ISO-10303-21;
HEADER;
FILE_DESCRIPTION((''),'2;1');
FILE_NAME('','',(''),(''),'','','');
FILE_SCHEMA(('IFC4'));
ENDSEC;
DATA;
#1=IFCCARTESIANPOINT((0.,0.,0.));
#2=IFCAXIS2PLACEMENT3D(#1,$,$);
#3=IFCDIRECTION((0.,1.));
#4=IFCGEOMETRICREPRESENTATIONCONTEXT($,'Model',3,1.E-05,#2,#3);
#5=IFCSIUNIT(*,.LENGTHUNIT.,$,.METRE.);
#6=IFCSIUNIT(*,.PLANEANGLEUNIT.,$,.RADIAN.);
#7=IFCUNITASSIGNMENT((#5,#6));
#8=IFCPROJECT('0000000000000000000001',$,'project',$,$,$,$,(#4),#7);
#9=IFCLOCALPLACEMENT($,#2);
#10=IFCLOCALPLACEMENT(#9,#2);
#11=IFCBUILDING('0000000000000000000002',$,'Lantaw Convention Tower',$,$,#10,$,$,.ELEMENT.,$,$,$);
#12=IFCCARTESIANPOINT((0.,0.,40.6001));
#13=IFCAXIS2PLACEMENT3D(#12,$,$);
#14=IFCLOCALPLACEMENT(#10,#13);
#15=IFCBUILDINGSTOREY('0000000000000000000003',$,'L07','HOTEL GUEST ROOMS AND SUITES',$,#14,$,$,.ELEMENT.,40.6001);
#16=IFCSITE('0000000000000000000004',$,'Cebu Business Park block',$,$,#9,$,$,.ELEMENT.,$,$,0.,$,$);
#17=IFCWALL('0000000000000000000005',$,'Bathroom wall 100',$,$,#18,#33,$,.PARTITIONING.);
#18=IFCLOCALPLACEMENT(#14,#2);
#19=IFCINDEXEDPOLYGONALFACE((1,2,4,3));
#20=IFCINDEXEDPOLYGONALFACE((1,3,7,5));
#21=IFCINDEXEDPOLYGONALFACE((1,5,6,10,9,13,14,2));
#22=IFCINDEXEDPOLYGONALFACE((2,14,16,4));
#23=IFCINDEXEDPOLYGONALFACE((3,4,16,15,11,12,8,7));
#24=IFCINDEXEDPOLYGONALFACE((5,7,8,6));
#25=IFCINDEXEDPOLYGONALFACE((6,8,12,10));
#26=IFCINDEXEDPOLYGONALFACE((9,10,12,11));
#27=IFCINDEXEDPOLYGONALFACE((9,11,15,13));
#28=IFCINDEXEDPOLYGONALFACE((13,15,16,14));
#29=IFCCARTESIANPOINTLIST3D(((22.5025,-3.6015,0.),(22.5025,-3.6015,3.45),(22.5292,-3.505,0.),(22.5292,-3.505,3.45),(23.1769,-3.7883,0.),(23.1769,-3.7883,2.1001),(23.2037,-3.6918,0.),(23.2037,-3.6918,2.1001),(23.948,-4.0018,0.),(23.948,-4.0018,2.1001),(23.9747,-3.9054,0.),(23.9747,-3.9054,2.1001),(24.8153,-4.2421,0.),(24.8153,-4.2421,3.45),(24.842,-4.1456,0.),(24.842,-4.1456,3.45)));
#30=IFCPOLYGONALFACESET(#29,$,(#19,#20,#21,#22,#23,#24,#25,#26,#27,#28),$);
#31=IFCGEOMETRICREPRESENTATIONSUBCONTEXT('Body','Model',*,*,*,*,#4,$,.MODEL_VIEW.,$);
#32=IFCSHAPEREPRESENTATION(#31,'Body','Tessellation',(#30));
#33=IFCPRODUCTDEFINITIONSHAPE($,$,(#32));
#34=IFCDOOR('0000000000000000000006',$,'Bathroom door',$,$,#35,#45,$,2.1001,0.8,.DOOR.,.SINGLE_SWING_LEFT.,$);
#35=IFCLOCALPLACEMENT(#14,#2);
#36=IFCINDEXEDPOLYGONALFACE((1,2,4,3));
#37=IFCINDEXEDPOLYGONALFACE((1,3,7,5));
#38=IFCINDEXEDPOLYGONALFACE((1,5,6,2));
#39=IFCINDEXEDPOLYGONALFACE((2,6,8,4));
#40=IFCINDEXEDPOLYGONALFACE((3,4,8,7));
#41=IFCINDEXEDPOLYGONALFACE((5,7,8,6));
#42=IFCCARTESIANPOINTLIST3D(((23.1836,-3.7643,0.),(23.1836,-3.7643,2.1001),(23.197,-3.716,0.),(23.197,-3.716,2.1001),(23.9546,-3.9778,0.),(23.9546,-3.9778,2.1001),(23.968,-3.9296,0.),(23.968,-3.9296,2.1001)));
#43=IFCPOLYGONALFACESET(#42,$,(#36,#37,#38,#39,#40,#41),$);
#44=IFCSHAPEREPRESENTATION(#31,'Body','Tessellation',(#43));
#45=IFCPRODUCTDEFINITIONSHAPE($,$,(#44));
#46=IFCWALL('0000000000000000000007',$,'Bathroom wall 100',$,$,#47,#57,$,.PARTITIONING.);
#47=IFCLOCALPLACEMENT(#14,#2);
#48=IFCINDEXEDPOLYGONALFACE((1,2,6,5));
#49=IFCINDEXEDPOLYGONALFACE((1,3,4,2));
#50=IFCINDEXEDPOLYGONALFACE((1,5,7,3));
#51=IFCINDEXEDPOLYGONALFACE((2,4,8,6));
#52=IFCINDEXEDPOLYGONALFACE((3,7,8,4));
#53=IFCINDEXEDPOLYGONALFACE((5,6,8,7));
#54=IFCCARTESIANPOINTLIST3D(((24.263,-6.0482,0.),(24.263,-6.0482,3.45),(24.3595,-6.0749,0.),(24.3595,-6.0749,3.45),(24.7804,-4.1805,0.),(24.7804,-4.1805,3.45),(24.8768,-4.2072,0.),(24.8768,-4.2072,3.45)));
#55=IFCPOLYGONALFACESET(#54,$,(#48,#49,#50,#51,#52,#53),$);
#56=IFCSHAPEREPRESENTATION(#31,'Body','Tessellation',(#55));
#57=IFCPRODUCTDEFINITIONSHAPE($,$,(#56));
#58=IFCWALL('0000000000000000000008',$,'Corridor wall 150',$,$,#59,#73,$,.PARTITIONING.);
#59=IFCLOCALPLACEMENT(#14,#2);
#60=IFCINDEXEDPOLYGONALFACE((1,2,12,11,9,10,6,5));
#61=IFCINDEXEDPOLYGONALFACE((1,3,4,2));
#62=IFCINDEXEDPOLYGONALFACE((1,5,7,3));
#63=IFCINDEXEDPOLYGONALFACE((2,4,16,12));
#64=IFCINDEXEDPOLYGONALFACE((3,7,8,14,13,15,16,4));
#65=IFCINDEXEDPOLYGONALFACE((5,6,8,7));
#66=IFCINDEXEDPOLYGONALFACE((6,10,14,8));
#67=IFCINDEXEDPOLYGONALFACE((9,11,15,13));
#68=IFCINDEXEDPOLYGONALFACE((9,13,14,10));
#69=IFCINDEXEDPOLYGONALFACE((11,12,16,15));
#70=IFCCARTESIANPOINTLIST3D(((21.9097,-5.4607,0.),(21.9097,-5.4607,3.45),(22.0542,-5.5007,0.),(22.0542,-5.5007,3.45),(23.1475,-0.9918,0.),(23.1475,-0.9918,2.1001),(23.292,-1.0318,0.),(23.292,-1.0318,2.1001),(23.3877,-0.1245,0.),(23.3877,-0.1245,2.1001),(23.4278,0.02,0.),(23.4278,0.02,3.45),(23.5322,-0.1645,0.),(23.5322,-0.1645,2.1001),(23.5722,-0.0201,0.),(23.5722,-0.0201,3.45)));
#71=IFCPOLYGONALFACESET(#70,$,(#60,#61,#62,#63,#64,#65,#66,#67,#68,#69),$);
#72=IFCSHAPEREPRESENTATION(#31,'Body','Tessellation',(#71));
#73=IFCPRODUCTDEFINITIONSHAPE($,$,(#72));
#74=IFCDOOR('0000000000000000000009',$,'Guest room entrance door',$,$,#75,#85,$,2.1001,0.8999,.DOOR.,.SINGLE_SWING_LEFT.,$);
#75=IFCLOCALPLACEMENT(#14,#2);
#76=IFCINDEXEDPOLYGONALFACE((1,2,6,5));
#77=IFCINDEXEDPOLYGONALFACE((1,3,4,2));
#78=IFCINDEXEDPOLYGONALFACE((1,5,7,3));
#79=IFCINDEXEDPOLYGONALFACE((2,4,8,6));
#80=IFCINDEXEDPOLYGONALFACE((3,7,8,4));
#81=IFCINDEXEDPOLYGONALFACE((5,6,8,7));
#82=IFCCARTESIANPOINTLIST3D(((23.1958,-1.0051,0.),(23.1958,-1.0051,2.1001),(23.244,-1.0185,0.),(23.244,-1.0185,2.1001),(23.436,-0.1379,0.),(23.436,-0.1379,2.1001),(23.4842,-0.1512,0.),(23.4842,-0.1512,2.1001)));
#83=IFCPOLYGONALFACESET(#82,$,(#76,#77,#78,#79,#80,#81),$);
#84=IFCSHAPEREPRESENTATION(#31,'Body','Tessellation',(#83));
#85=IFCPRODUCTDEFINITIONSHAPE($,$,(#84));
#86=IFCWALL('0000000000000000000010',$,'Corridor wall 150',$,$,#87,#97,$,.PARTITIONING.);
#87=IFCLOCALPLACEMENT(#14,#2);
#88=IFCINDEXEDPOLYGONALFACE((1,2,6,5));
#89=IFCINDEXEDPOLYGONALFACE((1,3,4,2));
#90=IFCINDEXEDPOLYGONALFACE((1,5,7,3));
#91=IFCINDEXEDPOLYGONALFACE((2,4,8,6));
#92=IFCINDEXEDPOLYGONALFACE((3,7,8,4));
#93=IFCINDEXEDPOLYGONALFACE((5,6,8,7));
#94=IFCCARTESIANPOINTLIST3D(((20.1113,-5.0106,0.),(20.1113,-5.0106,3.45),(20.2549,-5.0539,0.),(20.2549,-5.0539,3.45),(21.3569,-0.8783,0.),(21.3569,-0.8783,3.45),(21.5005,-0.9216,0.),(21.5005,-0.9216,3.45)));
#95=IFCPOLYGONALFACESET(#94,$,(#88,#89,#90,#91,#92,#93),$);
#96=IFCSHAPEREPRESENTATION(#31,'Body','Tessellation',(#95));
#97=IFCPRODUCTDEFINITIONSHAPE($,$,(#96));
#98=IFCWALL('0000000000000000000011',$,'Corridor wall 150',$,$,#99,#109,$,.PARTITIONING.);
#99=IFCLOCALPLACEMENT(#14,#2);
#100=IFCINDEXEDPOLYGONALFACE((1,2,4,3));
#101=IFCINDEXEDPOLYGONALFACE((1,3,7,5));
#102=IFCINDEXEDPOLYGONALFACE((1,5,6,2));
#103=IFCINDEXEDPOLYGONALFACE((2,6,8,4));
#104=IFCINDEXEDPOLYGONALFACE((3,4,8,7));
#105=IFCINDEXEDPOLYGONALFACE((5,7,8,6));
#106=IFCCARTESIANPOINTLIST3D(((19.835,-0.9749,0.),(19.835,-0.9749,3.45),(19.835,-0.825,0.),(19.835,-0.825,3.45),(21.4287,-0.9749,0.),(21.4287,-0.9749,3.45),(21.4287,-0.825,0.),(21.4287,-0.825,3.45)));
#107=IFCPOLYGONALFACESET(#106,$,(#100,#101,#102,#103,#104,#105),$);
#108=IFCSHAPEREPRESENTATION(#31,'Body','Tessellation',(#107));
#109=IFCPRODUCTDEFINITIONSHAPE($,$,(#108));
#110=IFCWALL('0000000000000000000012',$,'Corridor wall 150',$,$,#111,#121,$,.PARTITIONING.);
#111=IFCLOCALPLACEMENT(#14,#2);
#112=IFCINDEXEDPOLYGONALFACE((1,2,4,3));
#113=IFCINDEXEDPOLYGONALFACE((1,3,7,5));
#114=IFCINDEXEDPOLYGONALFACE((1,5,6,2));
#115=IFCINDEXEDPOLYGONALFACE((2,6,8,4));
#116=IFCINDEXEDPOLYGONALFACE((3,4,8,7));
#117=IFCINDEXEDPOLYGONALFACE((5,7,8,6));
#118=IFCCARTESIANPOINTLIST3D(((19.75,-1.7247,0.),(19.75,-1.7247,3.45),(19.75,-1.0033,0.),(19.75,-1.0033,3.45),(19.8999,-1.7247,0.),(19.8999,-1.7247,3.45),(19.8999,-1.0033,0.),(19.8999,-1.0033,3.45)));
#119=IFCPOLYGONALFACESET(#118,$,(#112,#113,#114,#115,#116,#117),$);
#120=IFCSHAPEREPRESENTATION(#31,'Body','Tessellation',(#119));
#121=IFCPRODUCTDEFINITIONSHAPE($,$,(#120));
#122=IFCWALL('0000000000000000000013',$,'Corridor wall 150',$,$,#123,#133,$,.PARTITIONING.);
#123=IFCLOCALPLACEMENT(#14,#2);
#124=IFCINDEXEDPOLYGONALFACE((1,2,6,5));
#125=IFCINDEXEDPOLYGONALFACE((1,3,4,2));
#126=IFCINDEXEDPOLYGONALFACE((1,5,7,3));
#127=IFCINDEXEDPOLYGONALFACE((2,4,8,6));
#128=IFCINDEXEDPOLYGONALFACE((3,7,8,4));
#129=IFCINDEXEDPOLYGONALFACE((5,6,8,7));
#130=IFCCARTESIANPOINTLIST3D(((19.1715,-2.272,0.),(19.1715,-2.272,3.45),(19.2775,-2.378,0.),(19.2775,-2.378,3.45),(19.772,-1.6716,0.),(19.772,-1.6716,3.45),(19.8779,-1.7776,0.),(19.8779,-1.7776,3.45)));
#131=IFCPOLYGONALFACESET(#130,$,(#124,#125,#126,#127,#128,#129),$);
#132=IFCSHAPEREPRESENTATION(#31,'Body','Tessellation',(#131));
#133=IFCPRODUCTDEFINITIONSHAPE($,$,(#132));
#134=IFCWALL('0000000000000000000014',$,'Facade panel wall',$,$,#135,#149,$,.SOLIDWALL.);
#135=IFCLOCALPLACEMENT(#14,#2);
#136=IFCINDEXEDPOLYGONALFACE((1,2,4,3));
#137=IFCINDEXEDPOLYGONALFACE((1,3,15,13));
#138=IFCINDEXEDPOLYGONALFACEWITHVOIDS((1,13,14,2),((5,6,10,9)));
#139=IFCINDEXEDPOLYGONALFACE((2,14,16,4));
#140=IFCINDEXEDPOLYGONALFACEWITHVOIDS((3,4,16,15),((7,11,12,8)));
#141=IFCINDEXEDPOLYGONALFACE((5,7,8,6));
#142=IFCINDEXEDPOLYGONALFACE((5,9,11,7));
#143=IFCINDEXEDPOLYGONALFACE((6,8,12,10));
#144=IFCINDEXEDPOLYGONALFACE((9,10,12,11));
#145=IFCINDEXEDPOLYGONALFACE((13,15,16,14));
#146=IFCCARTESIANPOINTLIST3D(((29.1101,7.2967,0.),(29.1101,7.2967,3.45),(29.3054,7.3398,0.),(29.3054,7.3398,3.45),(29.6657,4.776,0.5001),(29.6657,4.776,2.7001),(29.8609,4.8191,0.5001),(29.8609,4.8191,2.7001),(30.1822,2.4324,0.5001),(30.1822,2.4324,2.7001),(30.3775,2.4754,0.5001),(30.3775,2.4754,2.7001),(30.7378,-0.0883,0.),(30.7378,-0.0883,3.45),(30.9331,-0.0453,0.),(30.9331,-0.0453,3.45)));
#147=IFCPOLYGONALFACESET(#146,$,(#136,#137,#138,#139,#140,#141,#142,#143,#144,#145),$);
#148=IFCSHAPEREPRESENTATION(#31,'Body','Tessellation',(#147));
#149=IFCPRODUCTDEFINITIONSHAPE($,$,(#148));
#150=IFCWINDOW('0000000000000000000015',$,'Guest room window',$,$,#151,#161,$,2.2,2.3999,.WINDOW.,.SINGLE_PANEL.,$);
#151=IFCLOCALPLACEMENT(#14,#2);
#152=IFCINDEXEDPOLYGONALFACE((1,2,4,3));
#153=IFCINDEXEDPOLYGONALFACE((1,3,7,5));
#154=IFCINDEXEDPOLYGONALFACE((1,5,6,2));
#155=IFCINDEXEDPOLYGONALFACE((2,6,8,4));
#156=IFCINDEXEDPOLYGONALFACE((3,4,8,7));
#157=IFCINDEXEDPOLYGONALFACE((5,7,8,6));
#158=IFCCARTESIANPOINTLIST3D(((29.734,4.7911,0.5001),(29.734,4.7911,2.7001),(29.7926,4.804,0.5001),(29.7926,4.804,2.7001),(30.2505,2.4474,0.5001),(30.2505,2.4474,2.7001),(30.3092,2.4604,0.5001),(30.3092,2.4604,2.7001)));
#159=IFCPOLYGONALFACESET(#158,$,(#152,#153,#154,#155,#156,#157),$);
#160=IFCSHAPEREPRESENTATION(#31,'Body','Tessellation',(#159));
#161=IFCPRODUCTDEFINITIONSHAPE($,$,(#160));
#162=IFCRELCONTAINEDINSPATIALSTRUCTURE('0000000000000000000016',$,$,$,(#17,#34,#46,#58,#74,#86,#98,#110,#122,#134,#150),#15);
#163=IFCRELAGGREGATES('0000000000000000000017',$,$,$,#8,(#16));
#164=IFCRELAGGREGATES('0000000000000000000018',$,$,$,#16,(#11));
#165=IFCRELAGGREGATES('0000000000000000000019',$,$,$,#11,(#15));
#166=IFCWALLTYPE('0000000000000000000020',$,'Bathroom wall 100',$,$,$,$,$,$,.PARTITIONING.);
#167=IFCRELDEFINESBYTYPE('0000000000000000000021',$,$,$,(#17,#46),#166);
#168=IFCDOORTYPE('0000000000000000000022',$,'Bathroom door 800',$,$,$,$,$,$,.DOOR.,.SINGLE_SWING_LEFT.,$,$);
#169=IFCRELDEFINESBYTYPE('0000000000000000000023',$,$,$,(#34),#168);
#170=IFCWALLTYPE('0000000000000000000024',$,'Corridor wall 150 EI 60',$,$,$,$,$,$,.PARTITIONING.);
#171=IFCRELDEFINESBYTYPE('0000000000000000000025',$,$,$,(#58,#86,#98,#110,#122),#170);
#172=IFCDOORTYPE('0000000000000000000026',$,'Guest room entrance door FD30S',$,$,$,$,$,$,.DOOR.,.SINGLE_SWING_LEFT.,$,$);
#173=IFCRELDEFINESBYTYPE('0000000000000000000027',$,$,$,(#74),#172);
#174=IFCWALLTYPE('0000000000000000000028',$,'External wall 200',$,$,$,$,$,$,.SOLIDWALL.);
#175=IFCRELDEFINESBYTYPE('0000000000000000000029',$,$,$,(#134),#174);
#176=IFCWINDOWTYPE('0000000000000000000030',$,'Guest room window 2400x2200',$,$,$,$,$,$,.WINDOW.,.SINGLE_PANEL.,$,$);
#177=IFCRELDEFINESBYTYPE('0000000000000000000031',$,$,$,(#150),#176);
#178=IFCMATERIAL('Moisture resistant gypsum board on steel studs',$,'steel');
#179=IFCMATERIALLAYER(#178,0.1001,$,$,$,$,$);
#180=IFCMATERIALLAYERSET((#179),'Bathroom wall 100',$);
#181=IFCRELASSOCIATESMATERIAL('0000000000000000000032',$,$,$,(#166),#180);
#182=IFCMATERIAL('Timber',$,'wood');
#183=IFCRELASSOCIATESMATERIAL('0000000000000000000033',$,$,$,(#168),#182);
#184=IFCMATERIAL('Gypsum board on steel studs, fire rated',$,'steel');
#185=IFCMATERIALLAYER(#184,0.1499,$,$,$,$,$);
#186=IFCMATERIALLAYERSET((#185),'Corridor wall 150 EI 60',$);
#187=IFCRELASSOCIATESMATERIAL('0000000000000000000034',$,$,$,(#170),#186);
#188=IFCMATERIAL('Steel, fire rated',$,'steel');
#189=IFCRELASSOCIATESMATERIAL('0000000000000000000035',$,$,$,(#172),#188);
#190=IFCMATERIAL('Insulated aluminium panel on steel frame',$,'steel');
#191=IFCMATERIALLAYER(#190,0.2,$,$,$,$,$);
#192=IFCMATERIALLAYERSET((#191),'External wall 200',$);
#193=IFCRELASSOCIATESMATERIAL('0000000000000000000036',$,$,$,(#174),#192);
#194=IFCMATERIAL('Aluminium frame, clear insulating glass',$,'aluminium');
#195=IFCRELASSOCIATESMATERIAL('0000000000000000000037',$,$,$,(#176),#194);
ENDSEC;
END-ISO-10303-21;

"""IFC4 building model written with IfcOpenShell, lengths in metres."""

from ifc_helpers import new_model, si_unit, direction, frame, frame_2d, origin, place, context, subcontext, project, spatial, rectangle, extrude, material, layer, layer_set, type_object, element, fill, save


model = new_model("IFC4")

# Units and contexts
model_context = context("Model", 3, precision=1e-05, world=origin(), true_north=direction((0.0, 1.0)))
body_context = subcontext(model_context, "Body", "Model", "MODEL_VIEW")
ifc_project = project(units=[si_unit("LENGTHUNIT", "METRE"), si_unit("PLANEANGLEUNIT", "RADIAN")], contexts=[model_context])

# Site, building, storey
site_placement = place(None, origin())
site = spatial("IfcSite", under=ifc_project, at=site_placement, Name="Cebu Business Park block", CompositionType="ELEMENT", RefElevation=0.0)
building_placement = place(site_placement, origin())
building = spatial("IfcBuilding", under=site, at=building_placement, Name="Lantaw Convention Tower", CompositionType="ELEMENT")
storey_placement = place(building_placement, frame((0.0, 0.0, 40.6001)))
storey = spatial("IfcBuildingStorey", under=building, at=storey_placement, Name="L07", Description="HOTEL GUEST ROOMS AND SUITES", CompositionType="ELEMENT", Elevation=40.6001)

# Wall, opening, door
ifc_material_1 = material(Name="Moisture resistant gypsum board on steel studs", Category="steel")
ifc_layer_1 = layer(ifc_material_1, 0.1001)
ifc_layer_set_1 = layer_set([ifc_layer_1], Name="Bathroom wall 100")
wall_type_1 = type_object("IfcWallType", Name="Bathroom wall 100", PredefinedType="PARTITIONING", material=ifc_layer_set_1)
wall_1_placement = place(storey_placement, frame((22.5159, -3.5532, 0.0), z_axis=(0.0, 0.0, 1.0), x_axis=(0.963712, -0.266946, 0.0)))
wall_1 = element("IfcWall", 1, at=wall_1_placement, inside=storey, type_object=wall_type_1, Name="Bathroom wall 100", PredefinedType="PARTITIONING", context=body_context, shape_type="SweptSolid", body=[
    extrude(rectangle(XDim=2.3999, YDim=0.1001, at=frame_2d((1.2, 0.0))), origin(), (0.0, 0.0, 1.0), 3.45),
])
opening_1_placement = place(wall_1_placement, frame((0.7, 0.0, 0.0)))
opening_1 = element("IfcOpeningElement", 2, at=opening_1_placement, cuts=wall_1, PredefinedType="OPENING", context=body_context, shape_type="SweptSolid", body=[
    extrude(rectangle(XDim=0.8, YDim=2.1001, at=frame_2d((0.3999, 1.05))), frame((0.0, 0.0601, 0.0), z_axis=(0.0, -1.0, 0.0), x_axis=(1.0, 0.0, 0.0)), (0.0, 0.0, 1.0), 0.1201),
])
ifc_material_2 = material(Name="Timber", Category="wood")
door_type_1 = type_object("IfcDoorType", Name="Bathroom door 800", OperationType="SINGLE_SWING_LEFT", PredefinedType="DOOR", material=ifc_material_2)
door_1_placement = place(opening_1_placement, origin())
door_1 = element("IfcDoor", 3, at=door_1_placement, inside=storey, type_object=door_type_1, Name="Bathroom door", OperationType="SINGLE_SWING_LEFT", OverallHeight=2.1001, OverallWidth=0.8, PredefinedType="DOOR", context=body_context, shape_type="SweptSolid", body=[
    extrude(rectangle(XDim=0.8, YDim=2.1001, at=frame_2d((0.3999, 1.05))), frame((0.0, 0.0249, 0.0), z_axis=(0.0, -1.0, 0.0), x_axis=(1.0, 0.0, 0.0)), (0.0, 0.0, 1.0), 0.05),
])
fill(opening_1, door_1)

# Wall
wall_2_placement = place(storey_placement, frame((24.8286, -4.1938, 0.0), z_axis=(0.0, 0.0, 1.0), x_axis=(-0.266942, -0.963713, 0.0)))
element("IfcWall", 4, at=wall_2_placement, inside=storey, type_object=wall_type_1, Name="Bathroom wall 100", PredefinedType="PARTITIONING", context=body_context, shape_type="SweptSolid", body=[
    extrude(rectangle(XDim=1.938, YDim=0.1001, at=frame_2d((0.969, 0.0))), origin(), (0.0, 0.0, 1.0), 3.45),
])

# Wall, opening, door
ifc_material_3 = material(Name="Gypsum board on steel studs, fire rated", Category="steel")
ifc_layer_2 = layer(ifc_material_3, 0.1499)
ifc_layer_set_2 = layer_set([ifc_layer_2], Name="Corridor wall 150 EI 60")
wall_type_2 = type_object("IfcWallType", Name="Corridor wall 150 EI 60", PredefinedType="PARTITIONING", material=ifc_layer_set_2)
wall_3_placement = place(storey_placement, frame((21.9819, -5.4807, 0.0), z_axis=(0.0, 0.0, 1.0), x_axis=(0.266933, 0.963715, 0.0)))
wall_3 = element("IfcWall", 5, at=wall_3_placement, inside=storey, type_object=wall_type_2, Name="Corridor wall 150", PredefinedType="PARTITIONING", context=body_context, shape_type="SweptSolid", body=[
    extrude(rectangle(XDim=5.687, YDim=0.1499, at=frame_2d((2.8435, 0.0))), origin(), (0.0, 0.0, 1.0), 3.45),
])
opening_2_placement = place(wall_3_placement, frame((4.6372, 0.0, 0.0)))
opening_2 = element("IfcOpeningElement", 6, at=opening_2_placement, cuts=wall_3, PredefinedType="OPENING", context=body_context, shape_type="SweptSolid", body=[
    extrude(rectangle(XDim=0.8999, YDim=2.1001, at=frame_2d((0.45, 1.05))), frame((0.0, 0.085, 0.0), z_axis=(0.0, -1.0, 0.0), x_axis=(1.0, 0.0, 0.0)), (0.0, 0.0, 1.0), 0.1699),
])
ifc_material_4 = material(Name="Steel, fire rated", Category="steel")
door_type_2 = type_object("IfcDoorType", Name="Guest room entrance door FD30S", OperationType="SINGLE_SWING_LEFT", PredefinedType="DOOR", material=ifc_material_4)
door_2_placement = place(opening_2_placement, origin())
door_2 = element("IfcDoor", 7, at=door_2_placement, inside=storey, type_object=door_type_2, Name="Guest room entrance door", OperationType="SINGLE_SWING_LEFT", OverallHeight=2.1001, OverallWidth=0.8999, PredefinedType="DOOR", context=body_context, shape_type="SweptSolid", body=[
    extrude(rectangle(XDim=0.8999, YDim=2.1001, at=frame_2d((0.45, 1.05))), frame((0.0, 0.0249, 0.0), z_axis=(0.0, -1.0, 0.0), x_axis=(1.0, 0.0, 0.0)), (0.0, 0.0, 1.0), 0.05),
])
fill(opening_2, door_2)

# Walls
wall_4_placement = place(storey_placement, frame((20.1831, -5.0322, 0.0), z_axis=(0.0, 0.0, 1.0), x_axis=(0.288604, 0.957449, 0.0)))
element("IfcWall", 8, at=wall_4_placement, inside=storey, type_object=wall_type_2, Name="Corridor wall 150", PredefinedType="PARTITIONING", context=body_context, shape_type="SweptSolid", body=[
    extrude(rectangle(XDim=4.3159, YDim=0.1499, at=frame_2d((2.158, 0.0))), origin(), (0.0, 0.0, 1.0), 3.45),
])
wall_5_placement = place(storey_placement, frame((19.835, -0.8999, 0.0), z_axis=(0.0, 0.0, 1.0), x_axis=(1.0, 0.0, 0.0)))
element("IfcWall", 9, at=wall_5_placement, inside=storey, type_object=wall_type_2, Name="Corridor wall 150", PredefinedType="PARTITIONING", context=body_context, shape_type="SweptSolid", body=[
    extrude(rectangle(XDim=1.5938, YDim=0.1499, at=frame_2d((0.7969, 0.0))), origin(), (0.0, 0.0, 1.0), 3.45),
])
wall_6_placement = place(storey_placement, frame((19.825, -1.0032, 0.0), z_axis=(0.0, 0.0, 1.0), x_axis=(0.0, -1.0, 0.0)))
element("IfcWall", 10, at=wall_6_placement, inside=storey, type_object=wall_type_2, Name="Corridor wall 150", PredefinedType="PARTITIONING", context=body_context, shape_type="SweptSolid", body=[
    extrude(rectangle(XDim=0.7214, YDim=0.1499, at=frame_2d((0.3608, 0.0))), origin(), (0.0, 0.0, 1.0), 3.45),
])
wall_7_placement = place(storey_placement, frame((19.825, -1.7246, 0.0), z_axis=(0.0, 0.0, 1.0), x_axis=(-0.707107, -0.707107, 0.0)))
element("IfcWall", 11, at=wall_7_placement, inside=storey, type_object=wall_type_2, Name="Corridor wall 150", PredefinedType="PARTITIONING", context=body_context, shape_type="SweptSolid", body=[
    extrude(rectangle(XDim=0.8491, YDim=0.1499, at=frame_2d((0.4246, 0.0))), origin(), (0.0, 0.0, 1.0), 3.45),
])

# Wall, opening, window
ifc_material_5 = material(Name="Insulated aluminium panel on steel frame", Category="steel")
ifc_layer_3 = layer(ifc_material_5, 0.2)
ifc_layer_set_3 = layer_set([ifc_layer_3], Name="External wall 200")
wall_type_3 = type_object("IfcWallType", Name="External wall 200", PredefinedType="SOLIDWALL", material=ifc_layer_set_3)
wall_8_placement = place(storey_placement, frame((30.8354, -0.0669, 0.0), z_axis=(0.0, 0.0, 1.0), x_axis=(-0.215238, 0.976562, 0.0)))
wall_8 = element("IfcWall", 12, at=wall_8_placement, inside=storey, type_object=wall_type_3, Name="Facade panel wall", PredefinedType="SOLIDWALL", context=body_context, shape_type="SweptSolid", body=[
    extrude(rectangle(XDim=7.5623, YDim=0.2, at=frame_2d((3.7812, 0.0))), origin(), (0.0, 0.0, 1.0), 3.45),
])
opening_3_placement = place(wall_8_placement, frame((2.5813, 0.0, 0.5)))
opening_3 = element("IfcOpeningElement", 13, at=opening_3_placement, cuts=wall_8, PredefinedType="OPENING", context=body_context, shape_type="SweptSolid", body=[
    extrude(rectangle(XDim=2.3999, YDim=2.2, at=frame_2d((1.2, 1.1001))), frame((0.0, 0.1099, 0.0), z_axis=(0.0, -1.0, 0.0), x_axis=(1.0, 0.0, 0.0)), (0.0, 0.0, 1.0), 0.22),
])
ifc_material_6 = material(Name="Aluminium frame, clear insulating glass", Category="aluminium")
window_type = type_object("IfcWindowType", Name="Guest room window 2400x2200", PartitioningType="SINGLE_PANEL", PredefinedType="WINDOW", material=ifc_material_6)
window_1_placement = place(opening_3_placement, origin())
window_1 = element("IfcWindow", 14, at=window_1_placement, inside=storey, type_object=window_type, Name="Guest room window", OverallHeight=2.2, OverallWidth=2.3999, PartitioningType="SINGLE_PANEL", PredefinedType="WINDOW", context=body_context, shape_type="SweptSolid", body=[
    extrude(rectangle(XDim=2.3999, YDim=2.2, at=frame_2d((1.2, 1.1001))), frame((0.0, 0.03, 0.0), z_axis=(0.0, -1.0, 0.0), x_axis=(1.0, 0.0, 0.0)), (0.0, 0.0, 1.0), 0.0601),
])
fill(opening_3, window_1)

save(model, "model.ifc")
